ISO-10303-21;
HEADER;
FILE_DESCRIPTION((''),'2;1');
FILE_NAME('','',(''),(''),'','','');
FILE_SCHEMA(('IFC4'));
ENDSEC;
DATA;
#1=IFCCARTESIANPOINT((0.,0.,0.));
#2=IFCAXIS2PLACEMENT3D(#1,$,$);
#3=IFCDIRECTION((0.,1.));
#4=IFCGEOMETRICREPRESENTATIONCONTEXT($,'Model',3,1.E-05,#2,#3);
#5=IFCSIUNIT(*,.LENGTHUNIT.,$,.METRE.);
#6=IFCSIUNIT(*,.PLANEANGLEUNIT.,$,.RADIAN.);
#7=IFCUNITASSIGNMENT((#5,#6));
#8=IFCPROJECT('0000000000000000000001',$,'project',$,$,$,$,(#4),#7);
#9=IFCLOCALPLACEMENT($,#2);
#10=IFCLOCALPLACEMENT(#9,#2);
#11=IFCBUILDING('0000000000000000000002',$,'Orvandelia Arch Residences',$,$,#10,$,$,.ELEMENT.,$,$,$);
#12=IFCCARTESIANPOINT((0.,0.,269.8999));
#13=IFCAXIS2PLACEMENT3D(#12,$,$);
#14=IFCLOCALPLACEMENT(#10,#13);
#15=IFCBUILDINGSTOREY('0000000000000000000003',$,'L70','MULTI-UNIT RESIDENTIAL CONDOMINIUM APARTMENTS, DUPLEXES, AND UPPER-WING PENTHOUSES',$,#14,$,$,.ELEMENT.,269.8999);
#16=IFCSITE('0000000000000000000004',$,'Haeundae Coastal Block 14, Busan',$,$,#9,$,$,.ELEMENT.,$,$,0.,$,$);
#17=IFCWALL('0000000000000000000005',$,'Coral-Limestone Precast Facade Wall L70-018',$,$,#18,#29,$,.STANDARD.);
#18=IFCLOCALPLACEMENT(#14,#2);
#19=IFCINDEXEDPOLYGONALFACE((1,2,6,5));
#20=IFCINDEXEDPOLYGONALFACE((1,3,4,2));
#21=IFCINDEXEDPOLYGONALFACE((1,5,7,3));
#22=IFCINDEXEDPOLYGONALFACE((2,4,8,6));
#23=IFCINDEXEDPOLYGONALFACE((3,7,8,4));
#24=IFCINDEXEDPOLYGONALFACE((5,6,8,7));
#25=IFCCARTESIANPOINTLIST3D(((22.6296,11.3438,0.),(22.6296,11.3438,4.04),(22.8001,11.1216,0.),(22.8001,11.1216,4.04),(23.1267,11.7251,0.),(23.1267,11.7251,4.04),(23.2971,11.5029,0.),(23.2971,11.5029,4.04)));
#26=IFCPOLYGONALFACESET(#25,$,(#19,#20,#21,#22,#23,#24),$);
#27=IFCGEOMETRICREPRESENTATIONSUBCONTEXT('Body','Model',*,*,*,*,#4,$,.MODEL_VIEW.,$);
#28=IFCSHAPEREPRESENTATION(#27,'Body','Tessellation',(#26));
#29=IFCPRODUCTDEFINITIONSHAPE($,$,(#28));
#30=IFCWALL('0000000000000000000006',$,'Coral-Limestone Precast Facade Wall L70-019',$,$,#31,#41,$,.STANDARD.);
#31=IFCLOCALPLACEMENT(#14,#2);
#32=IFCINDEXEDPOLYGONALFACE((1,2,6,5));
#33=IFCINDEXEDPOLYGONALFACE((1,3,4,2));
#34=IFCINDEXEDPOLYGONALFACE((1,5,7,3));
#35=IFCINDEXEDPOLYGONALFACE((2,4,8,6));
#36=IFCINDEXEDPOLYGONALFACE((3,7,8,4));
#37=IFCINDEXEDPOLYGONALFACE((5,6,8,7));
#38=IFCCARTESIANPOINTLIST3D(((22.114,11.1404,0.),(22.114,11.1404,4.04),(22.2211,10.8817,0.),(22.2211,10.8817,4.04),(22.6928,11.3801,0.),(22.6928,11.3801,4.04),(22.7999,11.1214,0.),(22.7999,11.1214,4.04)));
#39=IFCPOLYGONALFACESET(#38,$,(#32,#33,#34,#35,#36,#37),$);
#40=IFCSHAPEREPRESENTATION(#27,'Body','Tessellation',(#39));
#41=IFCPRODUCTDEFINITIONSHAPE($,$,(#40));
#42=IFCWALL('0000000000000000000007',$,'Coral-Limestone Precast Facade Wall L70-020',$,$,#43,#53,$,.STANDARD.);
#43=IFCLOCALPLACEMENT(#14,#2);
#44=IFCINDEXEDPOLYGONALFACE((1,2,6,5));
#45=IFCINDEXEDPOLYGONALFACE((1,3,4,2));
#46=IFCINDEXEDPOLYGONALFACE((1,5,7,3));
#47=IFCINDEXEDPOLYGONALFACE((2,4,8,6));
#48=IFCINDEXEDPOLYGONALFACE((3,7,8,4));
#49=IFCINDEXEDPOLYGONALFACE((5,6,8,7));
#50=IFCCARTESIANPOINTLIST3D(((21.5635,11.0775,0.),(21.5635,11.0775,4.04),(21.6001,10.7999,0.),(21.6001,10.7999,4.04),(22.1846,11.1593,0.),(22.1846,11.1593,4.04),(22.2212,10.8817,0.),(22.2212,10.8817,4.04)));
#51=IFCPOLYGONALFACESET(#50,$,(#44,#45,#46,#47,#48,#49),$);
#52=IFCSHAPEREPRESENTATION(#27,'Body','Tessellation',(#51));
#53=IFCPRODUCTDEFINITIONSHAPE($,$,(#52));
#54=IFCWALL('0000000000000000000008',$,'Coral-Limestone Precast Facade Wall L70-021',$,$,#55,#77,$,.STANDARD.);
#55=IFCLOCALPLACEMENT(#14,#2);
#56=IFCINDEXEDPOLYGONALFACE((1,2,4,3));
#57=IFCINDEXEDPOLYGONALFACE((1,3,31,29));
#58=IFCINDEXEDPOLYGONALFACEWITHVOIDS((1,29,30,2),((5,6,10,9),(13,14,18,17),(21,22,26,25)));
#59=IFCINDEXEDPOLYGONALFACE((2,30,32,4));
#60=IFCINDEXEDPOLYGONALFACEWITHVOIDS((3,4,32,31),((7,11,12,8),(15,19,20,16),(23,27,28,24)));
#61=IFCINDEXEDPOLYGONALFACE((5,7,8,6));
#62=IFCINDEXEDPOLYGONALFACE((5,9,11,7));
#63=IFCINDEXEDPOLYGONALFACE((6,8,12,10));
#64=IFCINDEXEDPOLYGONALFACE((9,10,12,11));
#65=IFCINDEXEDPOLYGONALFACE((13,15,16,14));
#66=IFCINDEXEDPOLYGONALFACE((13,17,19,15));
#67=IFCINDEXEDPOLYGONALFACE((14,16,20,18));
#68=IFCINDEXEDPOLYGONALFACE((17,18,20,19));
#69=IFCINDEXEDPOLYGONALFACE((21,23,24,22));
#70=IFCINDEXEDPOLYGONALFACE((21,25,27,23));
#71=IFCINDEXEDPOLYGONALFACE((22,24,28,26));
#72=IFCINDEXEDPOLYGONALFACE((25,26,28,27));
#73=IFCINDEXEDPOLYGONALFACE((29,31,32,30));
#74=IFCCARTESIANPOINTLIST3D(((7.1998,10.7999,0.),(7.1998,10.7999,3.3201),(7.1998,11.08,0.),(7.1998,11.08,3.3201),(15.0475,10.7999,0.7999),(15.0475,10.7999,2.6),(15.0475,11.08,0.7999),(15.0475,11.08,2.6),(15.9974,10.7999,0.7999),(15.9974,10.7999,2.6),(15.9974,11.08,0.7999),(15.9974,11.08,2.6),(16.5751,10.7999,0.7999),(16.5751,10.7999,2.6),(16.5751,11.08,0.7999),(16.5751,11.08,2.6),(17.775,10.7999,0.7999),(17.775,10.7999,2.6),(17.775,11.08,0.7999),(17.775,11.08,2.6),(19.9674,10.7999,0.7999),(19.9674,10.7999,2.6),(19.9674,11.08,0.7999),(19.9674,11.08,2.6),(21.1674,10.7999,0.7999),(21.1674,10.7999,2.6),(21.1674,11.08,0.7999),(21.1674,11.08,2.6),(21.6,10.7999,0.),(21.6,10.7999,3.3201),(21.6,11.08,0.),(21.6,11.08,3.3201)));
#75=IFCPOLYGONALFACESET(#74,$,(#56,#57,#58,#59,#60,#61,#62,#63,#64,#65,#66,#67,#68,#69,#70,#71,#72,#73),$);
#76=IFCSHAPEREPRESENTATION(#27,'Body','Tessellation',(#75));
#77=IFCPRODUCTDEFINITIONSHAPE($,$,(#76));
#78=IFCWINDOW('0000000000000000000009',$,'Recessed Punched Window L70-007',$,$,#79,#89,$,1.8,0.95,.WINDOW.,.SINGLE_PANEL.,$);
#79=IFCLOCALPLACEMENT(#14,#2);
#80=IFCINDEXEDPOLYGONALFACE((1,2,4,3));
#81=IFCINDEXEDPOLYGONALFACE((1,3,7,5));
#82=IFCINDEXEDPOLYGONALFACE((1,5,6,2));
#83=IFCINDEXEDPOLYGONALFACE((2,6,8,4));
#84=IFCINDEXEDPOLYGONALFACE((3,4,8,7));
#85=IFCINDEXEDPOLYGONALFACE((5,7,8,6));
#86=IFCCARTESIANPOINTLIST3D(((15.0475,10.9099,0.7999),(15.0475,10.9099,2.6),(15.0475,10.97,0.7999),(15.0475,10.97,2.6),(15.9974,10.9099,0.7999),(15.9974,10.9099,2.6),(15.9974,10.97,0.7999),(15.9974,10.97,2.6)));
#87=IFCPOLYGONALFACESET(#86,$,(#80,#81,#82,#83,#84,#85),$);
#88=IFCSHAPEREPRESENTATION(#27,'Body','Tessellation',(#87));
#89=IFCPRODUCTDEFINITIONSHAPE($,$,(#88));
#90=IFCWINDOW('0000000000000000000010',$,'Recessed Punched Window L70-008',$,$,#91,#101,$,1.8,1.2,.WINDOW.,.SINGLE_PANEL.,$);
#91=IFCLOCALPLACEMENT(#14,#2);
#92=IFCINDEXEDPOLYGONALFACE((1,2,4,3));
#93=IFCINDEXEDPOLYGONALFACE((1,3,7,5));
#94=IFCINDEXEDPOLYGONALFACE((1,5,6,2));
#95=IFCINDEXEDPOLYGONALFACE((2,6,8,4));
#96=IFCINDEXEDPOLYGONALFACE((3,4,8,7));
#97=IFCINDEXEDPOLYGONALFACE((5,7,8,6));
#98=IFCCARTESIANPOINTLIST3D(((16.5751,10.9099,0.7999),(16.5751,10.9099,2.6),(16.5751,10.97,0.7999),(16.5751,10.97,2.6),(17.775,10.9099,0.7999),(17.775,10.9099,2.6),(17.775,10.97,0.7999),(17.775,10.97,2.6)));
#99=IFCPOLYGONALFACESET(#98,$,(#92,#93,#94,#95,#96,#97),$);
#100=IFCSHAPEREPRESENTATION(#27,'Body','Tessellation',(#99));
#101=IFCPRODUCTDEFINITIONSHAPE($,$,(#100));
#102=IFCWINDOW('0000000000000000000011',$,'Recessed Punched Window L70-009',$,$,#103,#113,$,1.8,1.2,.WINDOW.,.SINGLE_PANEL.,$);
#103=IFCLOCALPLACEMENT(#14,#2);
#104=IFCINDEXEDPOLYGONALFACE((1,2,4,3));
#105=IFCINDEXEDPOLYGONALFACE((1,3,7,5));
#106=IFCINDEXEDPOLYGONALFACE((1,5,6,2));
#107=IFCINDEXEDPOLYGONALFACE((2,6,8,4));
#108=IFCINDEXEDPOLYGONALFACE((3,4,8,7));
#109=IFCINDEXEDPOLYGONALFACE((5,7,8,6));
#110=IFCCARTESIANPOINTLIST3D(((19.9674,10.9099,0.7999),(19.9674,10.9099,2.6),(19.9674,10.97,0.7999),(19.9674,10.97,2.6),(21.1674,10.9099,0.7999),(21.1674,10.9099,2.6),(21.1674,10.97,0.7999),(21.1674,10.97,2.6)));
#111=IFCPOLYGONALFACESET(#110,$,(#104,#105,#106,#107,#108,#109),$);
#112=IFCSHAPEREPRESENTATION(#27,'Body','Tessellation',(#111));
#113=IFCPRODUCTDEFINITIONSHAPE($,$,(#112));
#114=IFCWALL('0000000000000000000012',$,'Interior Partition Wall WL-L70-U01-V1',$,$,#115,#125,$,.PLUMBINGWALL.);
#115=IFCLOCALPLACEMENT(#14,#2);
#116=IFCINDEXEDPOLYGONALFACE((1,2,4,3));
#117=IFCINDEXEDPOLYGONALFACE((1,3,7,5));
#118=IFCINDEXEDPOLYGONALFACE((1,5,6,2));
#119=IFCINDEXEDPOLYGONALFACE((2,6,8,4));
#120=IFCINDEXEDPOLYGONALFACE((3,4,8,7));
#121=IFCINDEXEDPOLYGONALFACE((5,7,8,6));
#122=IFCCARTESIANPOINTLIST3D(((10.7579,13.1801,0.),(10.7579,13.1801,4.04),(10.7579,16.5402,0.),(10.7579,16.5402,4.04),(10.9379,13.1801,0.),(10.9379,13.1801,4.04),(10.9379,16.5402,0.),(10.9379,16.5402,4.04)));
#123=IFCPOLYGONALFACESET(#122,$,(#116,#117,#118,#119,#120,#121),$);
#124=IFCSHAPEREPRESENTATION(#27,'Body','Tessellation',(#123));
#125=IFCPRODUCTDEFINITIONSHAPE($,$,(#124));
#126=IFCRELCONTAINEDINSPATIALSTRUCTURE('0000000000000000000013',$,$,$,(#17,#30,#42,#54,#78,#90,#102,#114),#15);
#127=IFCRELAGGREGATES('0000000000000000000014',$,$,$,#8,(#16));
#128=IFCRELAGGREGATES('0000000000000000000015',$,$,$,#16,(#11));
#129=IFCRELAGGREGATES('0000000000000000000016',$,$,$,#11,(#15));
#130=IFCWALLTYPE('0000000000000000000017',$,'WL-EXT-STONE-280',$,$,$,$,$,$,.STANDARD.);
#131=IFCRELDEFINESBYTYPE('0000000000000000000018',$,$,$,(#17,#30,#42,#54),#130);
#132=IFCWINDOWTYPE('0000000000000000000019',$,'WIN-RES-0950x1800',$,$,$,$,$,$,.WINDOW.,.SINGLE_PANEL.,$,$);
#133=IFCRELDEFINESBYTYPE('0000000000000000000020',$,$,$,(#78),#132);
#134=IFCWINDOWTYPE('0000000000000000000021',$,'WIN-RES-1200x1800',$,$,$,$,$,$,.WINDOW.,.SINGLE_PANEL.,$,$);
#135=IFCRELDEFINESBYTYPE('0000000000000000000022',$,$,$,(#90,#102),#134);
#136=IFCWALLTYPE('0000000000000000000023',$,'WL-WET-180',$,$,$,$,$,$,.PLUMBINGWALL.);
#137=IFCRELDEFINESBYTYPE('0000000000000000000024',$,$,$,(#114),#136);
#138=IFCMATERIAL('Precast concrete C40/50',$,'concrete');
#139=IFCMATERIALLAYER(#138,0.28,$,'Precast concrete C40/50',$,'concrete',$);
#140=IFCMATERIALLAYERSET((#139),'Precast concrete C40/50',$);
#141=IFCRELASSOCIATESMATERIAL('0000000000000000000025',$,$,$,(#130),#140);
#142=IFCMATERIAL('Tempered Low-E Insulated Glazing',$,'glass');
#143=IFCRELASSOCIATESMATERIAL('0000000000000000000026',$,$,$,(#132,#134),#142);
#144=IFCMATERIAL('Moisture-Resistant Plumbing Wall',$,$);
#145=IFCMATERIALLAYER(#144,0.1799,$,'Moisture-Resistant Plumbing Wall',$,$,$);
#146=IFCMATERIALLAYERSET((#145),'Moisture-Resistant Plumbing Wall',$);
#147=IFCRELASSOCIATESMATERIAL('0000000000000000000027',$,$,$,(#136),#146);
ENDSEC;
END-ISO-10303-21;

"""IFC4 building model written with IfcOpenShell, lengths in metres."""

from ifc_helpers import new_model, si_unit, direction, frame, frame_2d, origin, place, context, subcontext, project, spatial, rectangle, extrude, material, layer, layer_set, type_object, element, fill, save


model = new_model("IFC4")

# Units and contexts
model_context = context("Model", 3, precision=1e-05, world=origin(), true_north=direction((0.0, 1.0)))
body_context = subcontext(model_context, "Body", "Model", "MODEL_VIEW")
ifc_project = project(units=[si_unit("LENGTHUNIT", "METRE"), si_unit("PLANEANGLEUNIT", "RADIAN")], contexts=[model_context])

# Site, building, storey
site_placement = place(None, origin())
site = spatial("IfcSite", under=ifc_project, at=site_placement, Name="Haeundae Coastal Block 14, Busan", CompositionType="ELEMENT", RefElevation=0.0)
building_placement = place(site_placement, origin())
building = spatial("IfcBuilding", under=site, at=building_placement, Name="Orvandelia Arch Residences", CompositionType="ELEMENT")
storey_placement = place(building_placement, frame((0.0, 0.0, 269.8999)))
storey = spatial("IfcBuildingStorey", under=building, at=storey_placement, Name="L70", Description="MULTI-UNIT RESIDENTIAL CONDOMINIUM APARTMENTS, DUPLEXES, AND UPPER-WING PENTHOUSES", CompositionType="ELEMENT", Elevation=269.8999)

# Walls
ifc_material_1 = material(Name="Precast concrete C40/50", Category="concrete")
ifc_layer_1 = layer(ifc_material_1, 0.28, Name="Precast concrete C40/50", Category="concrete")
ifc_layer_set_1 = layer_set([ifc_layer_1], Name="Precast concrete C40/50")
wall_type_1 = type_object("IfcWallType", Name="WL-EXT-STONE-280", PredefinedType="STANDARD", material=ifc_layer_set_1)
for number, where, z_axis, x_axis, name in (
    (1, (23.2119, 11.614, 0.0), (0.0, 0.0, 1.0), (-0.793406, -0.608693, 0.0), "Coral-Limestone Precast Facade Wall L70-018"),
    (2, (22.7463, 11.2507, 0.0), (0.0, 0.0, 1.0), (-0.923893, -0.38265, 0.0), "Coral-Limestone Precast Facade Wall L70-019"),
    (3, (22.2029, 11.0205, 0.0), (0.0, 0.0, 1.0), (-0.991441, -0.130555, 0.0), "Coral-Limestone Precast Facade Wall L70-020"),
):
    element("IfcWall", number, at=place(storey_placement, frame(where, z_axis=z_axis, x_axis=x_axis)), inside=storey, type_object=wall_type_1, Name=name, PredefinedType="STANDARD", context=body_context, shape_type="SweptSolid", body=[
        extrude(rectangle(XDim=0.6265, YDim=0.28, at=frame_2d((0.3132, 0.0))), origin(), (0.0, 0.0, 1.0), 4.04),
    ])

# Wall, openings, windows
wall_1_placement = place(storey_placement, frame((21.6001, 10.9399, 0.0), z_axis=(0.0, 0.0, 1.0), x_axis=(-1.0, 0.0, 0.0)))
wall_1 = element("IfcWall", 4, at=wall_1_placement, inside=storey, type_object=wall_type_1, Name="Coral-Limestone Precast Facade Wall L70-021", PredefinedType="STANDARD", context=body_context, shape_type="SweptSolid", body=[
    extrude(rectangle(XDim=14.4001, YDim=0.28, at=frame_2d((7.2002, 0.0))), origin(), (0.0, 0.0, 1.0), 3.3201),
])
opening_1_placement = place(wall_1_placement, frame((5.6025, 0.0, 0.8)))
opening_1 = element("IfcOpeningElement", 5, at=opening_1_placement, cuts=wall_1, PredefinedType="OPENING", context=body_context, shape_type="SweptSolid", body=[
    extrude(rectangle(XDim=0.95, YDim=1.8, at=frame_2d((0.4751, 0.8999))), frame((0.0, 0.1499, 0.0), z_axis=(0.0, -1.0, 0.0), x_axis=(1.0, 0.0, 0.0)), (0.0, 0.0, 1.0), 0.3),
])
opening_2_placement = place(wall_1_placement, frame((3.825, 0.0, 0.8)))
opening_2 = element("IfcOpeningElement", 6, at=opening_2_placement, cuts=wall_1, PredefinedType="OPENING", context=body_context, shape_type="SweptSolid", body=[
    extrude(rectangle(XDim=1.2, YDim=1.8, at=frame_2d((0.6001, 0.8999))), frame((0.0, 0.1499, 0.0), z_axis=(0.0, -1.0, 0.0), x_axis=(1.0, 0.0, 0.0)), (0.0, 0.0, 1.0), 0.3),
])
opening_3_placement = place(wall_1_placement, frame((0.4326, 0.0, 0.8)))
opening_3 = element("IfcOpeningElement", 7, at=opening_3_placement, cuts=wall_1, PredefinedType="OPENING", context=body_context, shape_type="SweptSolid", body=[
    extrude(rectangle(XDim=1.2, YDim=1.8, at=frame_2d((0.6001, 0.8999))), frame((0.0, 0.1499, 0.0), z_axis=(0.0, -1.0, 0.0), x_axis=(1.0, 0.0, 0.0)), (0.0, 0.0, 1.0), 0.3),
])
ifc_material_2 = material(Name="Tempered Low-E Insulated Glazing", Category="glass")
window_type_1 = type_object("IfcWindowType", Name="WIN-RES-0950x1800", PartitioningType="SINGLE_PANEL", PredefinedType="WINDOW", material=ifc_material_2)
window_1_placement = place(opening_1_placement, origin())
window_1 = element("IfcWindow", 8, at=window_1_placement, inside=storey, type_object=window_type_1, Name="Recessed Punched Window L70-007", OverallHeight=1.8, OverallWidth=0.95, PartitioningType="SINGLE_PANEL", PredefinedType="WINDOW", context=body_context, shape_type="SweptSolid", body=[
    extrude(rectangle(XDim=0.95, YDim=1.8, at=frame_2d((0.4751, 0.8999))), frame((0.0, 0.03, 0.0), z_axis=(0.0, -1.0, 0.0), x_axis=(1.0, 0.0, 0.0)), (0.0, 0.0, 1.0), 0.0601),
])
fill(opening_1, window_1)
window_type_2 = type_object("IfcWindowType", Name="WIN-RES-1200x1800", PartitioningType="SINGLE_PANEL", PredefinedType="WINDOW", material=ifc_material_2)
window_2_placement = place(opening_2_placement, origin())
window_2 = element("IfcWindow", 9, at=window_2_placement, inside=storey, type_object=window_type_2, Name="Recessed Punched Window L70-008", OverallHeight=1.8, OverallWidth=1.2, PartitioningType="SINGLE_PANEL", PredefinedType="WINDOW", context=body_context, shape_type="SweptSolid", body=[
    extrude(rectangle(XDim=1.2, YDim=1.8, at=frame_2d((0.6001, 0.8999))), frame((0.0, 0.03, 0.0), z_axis=(0.0, -1.0, 0.0), x_axis=(1.0, 0.0, 0.0)), (0.0, 0.0, 1.0), 0.0601),
])
fill(opening_2, window_2)
window_3_placement = place(opening_3_placement, origin())
window_3 = element("IfcWindow", 10, at=window_3_placement, inside=storey, type_object=window_type_2, Name="Recessed Punched Window L70-009", OverallHeight=1.8, OverallWidth=1.2, PartitioningType="SINGLE_PANEL", PredefinedType="WINDOW", context=body_context, shape_type="SweptSolid", body=[
    extrude(rectangle(XDim=1.2, YDim=1.8, at=frame_2d((0.6001, 0.8999))), frame((0.0, 0.03, 0.0), z_axis=(0.0, -1.0, 0.0), x_axis=(1.0, 0.0, 0.0)), (0.0, 0.0, 1.0), 0.0601),
])
fill(opening_3, window_3)

# Wall
ifc_material_3 = material(Name="Moisture-Resistant Plumbing Wall")
ifc_layer_2 = layer(ifc_material_3, 0.1799, Name="Moisture-Resistant Plumbing Wall")
ifc_layer_set_2 = layer_set([ifc_layer_2], Name="Moisture-Resistant Plumbing Wall")
wall_type_2 = type_object("IfcWallType", Name="WL-WET-180", PredefinedType="PLUMBINGWALL", material=ifc_layer_set_2)
wall_2_placement = place(storey_placement, frame((10.8479, 13.1799, 0.0), z_axis=(0.0, 0.0, 1.0), x_axis=(0.0, 1.0, 0.0)))
element("IfcWall", 11, at=wall_2_placement, inside=storey, type_object=wall_type_2, Name="Interior Partition Wall WL-L70-U01-V1", PredefinedType="PLUMBINGWALL", context=body_context, shape_type="SweptSolid", body=[
    extrude(rectangle(XDim=3.3601, YDim=0.1799, at=frame_2d((1.6802, 0.0))), origin(), (0.0, 0.0, 1.0), 4.04),
])

save(model, "model.ifc")
